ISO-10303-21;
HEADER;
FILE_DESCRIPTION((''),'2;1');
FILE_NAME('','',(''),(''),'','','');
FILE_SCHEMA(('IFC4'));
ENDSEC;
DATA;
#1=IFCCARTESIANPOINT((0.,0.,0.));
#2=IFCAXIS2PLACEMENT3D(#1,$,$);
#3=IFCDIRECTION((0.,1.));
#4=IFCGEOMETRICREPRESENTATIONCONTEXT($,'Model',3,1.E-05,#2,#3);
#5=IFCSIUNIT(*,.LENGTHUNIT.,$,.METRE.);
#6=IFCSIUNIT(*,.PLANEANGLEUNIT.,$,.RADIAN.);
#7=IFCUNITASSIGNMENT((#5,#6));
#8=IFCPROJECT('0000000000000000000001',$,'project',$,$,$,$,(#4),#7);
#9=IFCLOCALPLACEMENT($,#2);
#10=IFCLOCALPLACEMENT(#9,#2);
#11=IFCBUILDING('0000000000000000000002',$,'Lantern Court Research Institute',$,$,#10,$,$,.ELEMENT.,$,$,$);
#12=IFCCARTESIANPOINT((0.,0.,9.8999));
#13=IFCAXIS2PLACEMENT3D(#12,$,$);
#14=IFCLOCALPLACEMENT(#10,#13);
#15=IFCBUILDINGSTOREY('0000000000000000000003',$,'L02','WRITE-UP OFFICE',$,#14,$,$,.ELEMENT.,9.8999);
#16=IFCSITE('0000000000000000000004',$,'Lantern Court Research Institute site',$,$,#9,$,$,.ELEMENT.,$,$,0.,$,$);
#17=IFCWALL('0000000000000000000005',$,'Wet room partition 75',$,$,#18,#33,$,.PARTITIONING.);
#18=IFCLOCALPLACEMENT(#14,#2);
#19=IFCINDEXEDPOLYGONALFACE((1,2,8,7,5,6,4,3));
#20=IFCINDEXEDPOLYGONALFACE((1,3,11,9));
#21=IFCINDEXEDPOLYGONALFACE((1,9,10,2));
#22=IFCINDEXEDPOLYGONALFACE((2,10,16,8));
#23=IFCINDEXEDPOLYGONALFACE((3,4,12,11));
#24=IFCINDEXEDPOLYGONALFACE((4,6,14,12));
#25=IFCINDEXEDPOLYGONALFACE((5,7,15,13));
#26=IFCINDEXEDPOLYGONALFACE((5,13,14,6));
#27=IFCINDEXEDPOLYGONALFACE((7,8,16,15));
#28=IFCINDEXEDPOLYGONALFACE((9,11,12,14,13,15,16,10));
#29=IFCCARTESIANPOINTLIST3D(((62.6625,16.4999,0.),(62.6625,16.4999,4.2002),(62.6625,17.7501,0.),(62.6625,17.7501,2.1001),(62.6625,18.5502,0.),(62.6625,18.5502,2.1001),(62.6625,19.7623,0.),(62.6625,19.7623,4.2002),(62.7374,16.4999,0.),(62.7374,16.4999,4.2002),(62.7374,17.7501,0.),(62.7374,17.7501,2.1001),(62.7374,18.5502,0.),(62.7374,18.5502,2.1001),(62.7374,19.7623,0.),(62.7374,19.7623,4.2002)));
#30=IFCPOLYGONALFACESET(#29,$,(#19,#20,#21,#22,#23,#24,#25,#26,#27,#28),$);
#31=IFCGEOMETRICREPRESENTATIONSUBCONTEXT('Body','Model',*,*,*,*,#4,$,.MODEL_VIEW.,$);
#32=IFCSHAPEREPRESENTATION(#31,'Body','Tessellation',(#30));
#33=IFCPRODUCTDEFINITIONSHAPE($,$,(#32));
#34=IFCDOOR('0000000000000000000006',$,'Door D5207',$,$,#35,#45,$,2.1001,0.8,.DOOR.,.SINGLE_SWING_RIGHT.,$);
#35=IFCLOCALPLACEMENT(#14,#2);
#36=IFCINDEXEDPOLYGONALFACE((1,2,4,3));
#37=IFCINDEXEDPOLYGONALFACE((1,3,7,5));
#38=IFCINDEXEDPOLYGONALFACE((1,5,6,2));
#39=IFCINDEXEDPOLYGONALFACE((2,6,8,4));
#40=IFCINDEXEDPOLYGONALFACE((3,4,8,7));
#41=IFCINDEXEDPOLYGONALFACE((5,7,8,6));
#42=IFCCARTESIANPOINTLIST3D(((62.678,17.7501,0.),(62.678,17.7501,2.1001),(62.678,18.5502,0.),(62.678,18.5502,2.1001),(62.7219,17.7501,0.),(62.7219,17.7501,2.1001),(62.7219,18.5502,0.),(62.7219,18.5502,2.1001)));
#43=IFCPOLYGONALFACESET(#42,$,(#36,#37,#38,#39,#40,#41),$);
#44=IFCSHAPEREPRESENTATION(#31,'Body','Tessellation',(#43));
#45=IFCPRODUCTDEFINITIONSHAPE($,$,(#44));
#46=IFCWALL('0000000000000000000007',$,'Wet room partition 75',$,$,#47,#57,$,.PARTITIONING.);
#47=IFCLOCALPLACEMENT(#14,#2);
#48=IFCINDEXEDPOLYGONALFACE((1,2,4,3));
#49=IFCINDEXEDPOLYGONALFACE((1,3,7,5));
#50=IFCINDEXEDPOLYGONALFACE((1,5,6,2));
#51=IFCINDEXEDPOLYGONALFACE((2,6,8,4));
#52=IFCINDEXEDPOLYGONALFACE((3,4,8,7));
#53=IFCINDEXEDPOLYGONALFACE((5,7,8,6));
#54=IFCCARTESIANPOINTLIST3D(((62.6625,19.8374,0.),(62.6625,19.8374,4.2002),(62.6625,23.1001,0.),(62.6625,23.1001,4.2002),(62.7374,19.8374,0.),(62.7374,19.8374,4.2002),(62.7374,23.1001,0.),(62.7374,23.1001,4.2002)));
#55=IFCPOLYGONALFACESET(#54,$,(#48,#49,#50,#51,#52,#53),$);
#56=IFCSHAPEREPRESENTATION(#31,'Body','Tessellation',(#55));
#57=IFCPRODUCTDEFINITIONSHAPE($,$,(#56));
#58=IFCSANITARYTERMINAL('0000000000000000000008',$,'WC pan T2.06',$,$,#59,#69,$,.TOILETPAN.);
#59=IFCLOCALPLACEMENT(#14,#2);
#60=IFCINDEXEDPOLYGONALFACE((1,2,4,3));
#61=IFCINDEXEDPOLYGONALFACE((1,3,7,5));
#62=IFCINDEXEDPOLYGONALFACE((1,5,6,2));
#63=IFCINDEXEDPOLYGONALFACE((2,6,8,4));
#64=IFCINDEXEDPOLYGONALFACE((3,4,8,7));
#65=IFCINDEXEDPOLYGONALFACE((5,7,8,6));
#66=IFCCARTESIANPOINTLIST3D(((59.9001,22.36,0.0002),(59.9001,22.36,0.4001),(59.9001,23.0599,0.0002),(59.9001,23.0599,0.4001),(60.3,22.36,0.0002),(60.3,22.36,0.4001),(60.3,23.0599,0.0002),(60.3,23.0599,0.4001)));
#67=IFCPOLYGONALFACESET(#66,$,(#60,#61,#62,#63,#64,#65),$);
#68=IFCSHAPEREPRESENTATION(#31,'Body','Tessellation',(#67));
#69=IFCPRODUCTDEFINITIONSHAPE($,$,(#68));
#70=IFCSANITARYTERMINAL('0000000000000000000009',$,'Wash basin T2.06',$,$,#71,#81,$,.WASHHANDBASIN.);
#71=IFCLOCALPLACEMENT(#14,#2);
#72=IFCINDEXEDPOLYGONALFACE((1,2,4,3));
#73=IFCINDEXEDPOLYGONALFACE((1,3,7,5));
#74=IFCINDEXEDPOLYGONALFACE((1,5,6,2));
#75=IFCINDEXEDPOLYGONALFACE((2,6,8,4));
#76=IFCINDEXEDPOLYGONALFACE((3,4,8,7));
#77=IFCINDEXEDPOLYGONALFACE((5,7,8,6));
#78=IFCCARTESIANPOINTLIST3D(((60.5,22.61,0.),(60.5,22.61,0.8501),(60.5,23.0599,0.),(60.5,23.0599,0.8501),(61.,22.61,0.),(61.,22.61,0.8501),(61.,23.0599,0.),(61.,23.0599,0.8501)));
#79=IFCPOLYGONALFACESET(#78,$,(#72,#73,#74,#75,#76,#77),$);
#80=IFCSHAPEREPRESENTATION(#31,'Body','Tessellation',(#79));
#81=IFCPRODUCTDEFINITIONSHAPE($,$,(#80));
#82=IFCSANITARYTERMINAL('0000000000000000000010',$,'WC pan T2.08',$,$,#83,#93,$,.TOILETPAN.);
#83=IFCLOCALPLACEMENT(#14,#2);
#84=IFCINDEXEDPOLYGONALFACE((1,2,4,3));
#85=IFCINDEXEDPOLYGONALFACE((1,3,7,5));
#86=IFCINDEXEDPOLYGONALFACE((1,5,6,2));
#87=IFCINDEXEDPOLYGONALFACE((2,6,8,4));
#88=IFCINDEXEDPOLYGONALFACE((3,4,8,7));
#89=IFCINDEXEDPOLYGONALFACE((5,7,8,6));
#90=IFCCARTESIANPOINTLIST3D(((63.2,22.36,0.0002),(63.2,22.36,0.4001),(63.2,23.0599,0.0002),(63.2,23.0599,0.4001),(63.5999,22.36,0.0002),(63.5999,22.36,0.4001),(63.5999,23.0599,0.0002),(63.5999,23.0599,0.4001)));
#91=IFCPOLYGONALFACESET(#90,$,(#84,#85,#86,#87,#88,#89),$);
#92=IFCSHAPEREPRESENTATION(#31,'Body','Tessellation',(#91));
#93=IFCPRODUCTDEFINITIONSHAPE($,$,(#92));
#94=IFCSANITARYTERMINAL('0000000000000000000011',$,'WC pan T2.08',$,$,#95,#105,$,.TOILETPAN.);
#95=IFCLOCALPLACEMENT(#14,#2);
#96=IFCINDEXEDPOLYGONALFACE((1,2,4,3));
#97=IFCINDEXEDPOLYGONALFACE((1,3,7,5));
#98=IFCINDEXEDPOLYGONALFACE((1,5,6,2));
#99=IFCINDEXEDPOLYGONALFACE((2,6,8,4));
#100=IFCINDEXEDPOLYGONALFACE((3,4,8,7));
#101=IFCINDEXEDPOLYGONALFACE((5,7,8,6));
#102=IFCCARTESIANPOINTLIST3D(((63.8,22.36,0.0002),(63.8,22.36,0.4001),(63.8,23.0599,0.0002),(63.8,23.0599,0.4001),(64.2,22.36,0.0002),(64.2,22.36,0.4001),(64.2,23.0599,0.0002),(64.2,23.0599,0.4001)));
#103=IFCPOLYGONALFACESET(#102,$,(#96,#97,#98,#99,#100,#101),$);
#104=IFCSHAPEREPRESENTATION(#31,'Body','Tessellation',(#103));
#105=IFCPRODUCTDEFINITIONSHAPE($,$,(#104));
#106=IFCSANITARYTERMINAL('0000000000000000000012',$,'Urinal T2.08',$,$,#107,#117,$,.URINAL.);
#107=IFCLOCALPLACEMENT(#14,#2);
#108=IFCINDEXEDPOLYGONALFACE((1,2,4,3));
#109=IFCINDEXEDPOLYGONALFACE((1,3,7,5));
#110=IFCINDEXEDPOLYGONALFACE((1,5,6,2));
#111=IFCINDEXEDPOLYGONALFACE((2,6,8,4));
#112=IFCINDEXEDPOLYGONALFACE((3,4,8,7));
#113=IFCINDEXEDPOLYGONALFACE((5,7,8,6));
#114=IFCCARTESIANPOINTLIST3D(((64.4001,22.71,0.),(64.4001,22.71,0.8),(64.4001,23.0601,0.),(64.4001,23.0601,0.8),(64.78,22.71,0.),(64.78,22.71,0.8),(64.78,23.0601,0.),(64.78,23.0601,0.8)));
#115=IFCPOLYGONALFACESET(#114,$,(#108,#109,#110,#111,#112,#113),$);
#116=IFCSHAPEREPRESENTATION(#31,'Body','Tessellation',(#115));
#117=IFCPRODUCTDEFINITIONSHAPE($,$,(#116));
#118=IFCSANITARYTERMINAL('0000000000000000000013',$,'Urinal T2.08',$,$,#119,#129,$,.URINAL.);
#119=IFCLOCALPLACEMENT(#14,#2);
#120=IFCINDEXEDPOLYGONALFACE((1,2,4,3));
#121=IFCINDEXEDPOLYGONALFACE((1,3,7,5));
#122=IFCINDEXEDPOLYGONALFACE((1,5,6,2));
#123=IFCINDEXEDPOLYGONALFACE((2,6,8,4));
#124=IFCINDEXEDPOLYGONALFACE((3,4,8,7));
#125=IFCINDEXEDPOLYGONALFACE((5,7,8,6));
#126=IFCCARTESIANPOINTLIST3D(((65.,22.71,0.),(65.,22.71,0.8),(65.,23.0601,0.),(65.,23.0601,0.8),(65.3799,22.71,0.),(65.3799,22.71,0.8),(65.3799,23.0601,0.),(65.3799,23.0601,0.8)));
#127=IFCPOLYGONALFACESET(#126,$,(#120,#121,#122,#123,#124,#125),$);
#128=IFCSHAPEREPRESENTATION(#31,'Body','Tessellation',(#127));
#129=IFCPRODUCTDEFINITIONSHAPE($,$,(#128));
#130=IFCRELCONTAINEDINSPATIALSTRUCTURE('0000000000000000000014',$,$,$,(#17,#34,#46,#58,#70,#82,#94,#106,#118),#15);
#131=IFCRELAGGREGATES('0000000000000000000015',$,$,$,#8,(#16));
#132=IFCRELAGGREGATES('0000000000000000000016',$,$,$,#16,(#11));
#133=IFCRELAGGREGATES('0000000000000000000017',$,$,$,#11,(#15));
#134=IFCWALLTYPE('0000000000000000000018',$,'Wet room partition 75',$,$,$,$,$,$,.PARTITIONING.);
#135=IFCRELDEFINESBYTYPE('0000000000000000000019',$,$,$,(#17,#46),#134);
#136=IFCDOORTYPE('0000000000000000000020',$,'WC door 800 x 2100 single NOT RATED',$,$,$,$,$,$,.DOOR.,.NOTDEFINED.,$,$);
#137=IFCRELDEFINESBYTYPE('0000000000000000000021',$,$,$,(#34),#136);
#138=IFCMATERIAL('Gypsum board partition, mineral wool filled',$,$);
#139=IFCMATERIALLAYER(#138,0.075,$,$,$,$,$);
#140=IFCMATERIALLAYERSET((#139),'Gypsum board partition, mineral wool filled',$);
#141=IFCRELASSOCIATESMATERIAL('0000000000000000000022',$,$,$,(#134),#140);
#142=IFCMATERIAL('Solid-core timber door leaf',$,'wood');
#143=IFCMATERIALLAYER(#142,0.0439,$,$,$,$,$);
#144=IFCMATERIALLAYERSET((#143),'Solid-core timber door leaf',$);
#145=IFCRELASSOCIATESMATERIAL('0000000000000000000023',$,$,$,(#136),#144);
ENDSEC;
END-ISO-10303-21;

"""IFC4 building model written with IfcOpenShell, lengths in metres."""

from ifc_helpers import new_model, si_unit, direction, frame, frame_2d, origin, origin_2d, place, context, subcontext, project, spatial, rectangle, extrude, material, layer, layer_set, type_object, element, fill, save


model = new_model("IFC4")

# Units and contexts
model_context = context("Model", 3, precision=1e-05, world=origin(), true_north=direction((0.0, 1.0)))
body_context = subcontext(model_context, "Body", "Model", "MODEL_VIEW")
ifc_project = project(units=[si_unit("LENGTHUNIT", "METRE"), si_unit("PLANEANGLEUNIT", "RADIAN")], contexts=[model_context])

# Site, building, storey
site_placement = place(None, origin())
site = spatial("IfcSite", under=ifc_project, at=site_placement, Name="Lantern Court Research Institute site", CompositionType="ELEMENT", RefElevation=0.0)
building_placement = place(site_placement, origin())
building = spatial("IfcBuilding", under=site, at=building_placement, Name="Lantern Court Research Institute", CompositionType="ELEMENT")
storey_placement = place(building_placement, frame((0.0, 0.0, 9.8999)))
storey = spatial("IfcBuildingStorey", under=building, at=storey_placement, Name="L02", Description="WRITE-UP OFFICE", CompositionType="ELEMENT", Elevation=9.8999)

# Wall, opening, door
ifc_material_1 = material(Name="Gypsum board partition, mineral wool filled")
ifc_layer_1 = layer(ifc_material_1, 0.075)
ifc_layer_set_1 = layer_set([ifc_layer_1], Name="Gypsum board partition, mineral wool filled")
wall_type_1 = type_object("IfcWallType", Name="Wet room partition 75", PredefinedType="PARTITIONING", material=ifc_layer_set_1)
wall_1_placement = place(storey_placement, frame((62.7, 19.7625, 0.0), z_axis=(0.0, 0.0, 1.0), x_axis=(0.0, -1.0, 0.0)))
wall_1 = element("IfcWall", 1, at=wall_1_placement, inside=storey, type_object=wall_type_1, Name="Wet room partition 75", PredefinedType="PARTITIONING", context=body_context, shape_type="SweptSolid", body=[
    extrude(rectangle(XDim=3.2625, YDim=0.075, at=frame_2d((1.6313, 0.0))), origin(), (0.0, 0.0, 1.0), 4.2002),
])
opening_1_placement = place(wall_1_placement, frame((1.2124, 0.0, 0.0)))
opening_1 = element("IfcOpeningElement", 2, at=opening_1_placement, cuts=wall_1, PredefinedType="OPENING", context=body_context, shape_type="SweptSolid", body=[
    extrude(rectangle(XDim=0.8, YDim=2.1001, at=frame_2d((0.3999, 1.05))), frame((0.0, 0.0474, 0.0), z_axis=(0.0, -1.0, 0.0), x_axis=(1.0, 0.0, 0.0)), (0.0, 0.0, 1.0), 0.095),
])
ifc_material_2 = material(Name="Solid-core timber door leaf", Category="wood")
ifc_layer_2 = layer(ifc_material_2, 0.0439)
ifc_layer_set_2 = layer_set([ifc_layer_2], Name="Solid-core timber door leaf")
door_type_1 = type_object("IfcDoorType", Name="WC door 800 x 2100 single NOT RATED", OperationType="NOTDEFINED", PredefinedType="DOOR", material=ifc_layer_set_2)
door_1_placement = place(opening_1_placement, origin())
door_1 = element("IfcDoor", 3, at=door_1_placement, inside=storey, type_object=door_type_1, Name="Door D5207", OperationType="SINGLE_SWING_RIGHT", OverallHeight=2.1001, OverallWidth=0.8, PredefinedType="DOOR", context=body_context, shape_type="SweptSolid", body=[
    extrude(rectangle(XDim=0.8, YDim=2.1001, at=frame_2d((0.3999, 1.05))), frame((0.0, 0.022, 0.0), z_axis=(0.0, -1.0, 0.0), x_axis=(1.0, 0.0, 0.0)), (0.0, 0.0, 1.0), 0.0439),
])
fill(opening_1, door_1)

# Wall
wall_2_placement = place(storey_placement, frame((62.7, 19.8374, 0.0), z_axis=(0.0, 0.0, 1.0), x_axis=(0.0, 1.0, 0.0)))
element("IfcWall", 4, at=wall_2_placement, inside=storey, type_object=wall_type_1, Name="Wet room partition 75", PredefinedType="PARTITIONING", context=body_context, shape_type="SweptSolid", body=[
    extrude(rectangle(XDim=3.2627, YDim=0.075, at=frame_2d((1.6313, 0.0))), origin(), (0.0, 0.0, 1.0), 4.2002),
])

# Sanitary terminals
sanitary_terminal_1_placement = place(storey_placement, frame((60.1001, 22.71, 0.0002), z_axis=(0.0, 0.0, 1.0), x_axis=(1.0, 0.0, 0.0)))
element("IfcSanitaryTerminal", 5, at=sanitary_terminal_1_placement, inside=storey, Name="WC pan T2.06", PredefinedType="TOILETPAN", context=body_context, shape_type="SweptSolid", body=[
    extrude(rectangle(XDim=0.3999, YDim=0.7, at=origin_2d()), origin(), (0.0, 0.0, 1.0), 0.3999),
])
sanitary_terminal_2_placement = place(storey_placement, frame((60.75, 22.835, 0.0), z_axis=(0.0, 0.0, 1.0), x_axis=(1.0, 0.0, 0.0)))
element("IfcSanitaryTerminal", 6, at=sanitary_terminal_2_placement, inside=storey, Name="Wash basin T2.06", PredefinedType="WASHHANDBASIN", context=body_context, shape_type="SweptSolid", body=[
    extrude(rectangle(XDim=0.5, YDim=0.45, at=origin_2d()), origin(), (0.0, 0.0, 1.0), 0.8501),
])
for number, where, z_axis, x_axis, name in (
    (7, (63.3999, 22.71, 0.0002), (0.0, 0.0, 1.0), (1.0, 0.0, 0.0), "WC pan T2.08"),
    (8, (64.0, 22.71, 0.0002), (0.0, 0.0, 1.0), (1.0, 0.0, 0.0), "WC pan T2.08"),
):
    element("IfcSanitaryTerminal", number, at=place(storey_placement, frame(where, z_axis=z_axis, x_axis=x_axis)), inside=storey, Name=name, PredefinedType="TOILETPAN", context=body_context, shape_type="SweptSolid", body=[
        extrude(rectangle(XDim=0.3999, YDim=0.7, at=origin_2d()), origin(), (0.0, 0.0, 1.0), 0.3999),
    ])
for number, where, z_axis, x_axis, name in (
    (9, (64.5901, 22.885, 0.0), (0.0, 0.0, 1.0), (1.0, 0.0, 0.0), "Urinal T2.08"),
    (10, (65.1899, 22.885, 0.0), (0.0, 0.0, 1.0), (1.0, 0.0, 0.0), "Urinal T2.08"),
):
    element("IfcSanitaryTerminal", number, at=place(storey_placement, frame(where, z_axis=z_axis, x_axis=x_axis)), inside=storey, Name=name, PredefinedType="URINAL", context=body_context, shape_type="SweptSolid", body=[
        extrude(rectangle(XDim=0.3799, YDim=0.3501, at=origin_2d()), origin(), (0.0, 0.0, 1.0), 0.8),
    ])

save(model, "model.ifc")
